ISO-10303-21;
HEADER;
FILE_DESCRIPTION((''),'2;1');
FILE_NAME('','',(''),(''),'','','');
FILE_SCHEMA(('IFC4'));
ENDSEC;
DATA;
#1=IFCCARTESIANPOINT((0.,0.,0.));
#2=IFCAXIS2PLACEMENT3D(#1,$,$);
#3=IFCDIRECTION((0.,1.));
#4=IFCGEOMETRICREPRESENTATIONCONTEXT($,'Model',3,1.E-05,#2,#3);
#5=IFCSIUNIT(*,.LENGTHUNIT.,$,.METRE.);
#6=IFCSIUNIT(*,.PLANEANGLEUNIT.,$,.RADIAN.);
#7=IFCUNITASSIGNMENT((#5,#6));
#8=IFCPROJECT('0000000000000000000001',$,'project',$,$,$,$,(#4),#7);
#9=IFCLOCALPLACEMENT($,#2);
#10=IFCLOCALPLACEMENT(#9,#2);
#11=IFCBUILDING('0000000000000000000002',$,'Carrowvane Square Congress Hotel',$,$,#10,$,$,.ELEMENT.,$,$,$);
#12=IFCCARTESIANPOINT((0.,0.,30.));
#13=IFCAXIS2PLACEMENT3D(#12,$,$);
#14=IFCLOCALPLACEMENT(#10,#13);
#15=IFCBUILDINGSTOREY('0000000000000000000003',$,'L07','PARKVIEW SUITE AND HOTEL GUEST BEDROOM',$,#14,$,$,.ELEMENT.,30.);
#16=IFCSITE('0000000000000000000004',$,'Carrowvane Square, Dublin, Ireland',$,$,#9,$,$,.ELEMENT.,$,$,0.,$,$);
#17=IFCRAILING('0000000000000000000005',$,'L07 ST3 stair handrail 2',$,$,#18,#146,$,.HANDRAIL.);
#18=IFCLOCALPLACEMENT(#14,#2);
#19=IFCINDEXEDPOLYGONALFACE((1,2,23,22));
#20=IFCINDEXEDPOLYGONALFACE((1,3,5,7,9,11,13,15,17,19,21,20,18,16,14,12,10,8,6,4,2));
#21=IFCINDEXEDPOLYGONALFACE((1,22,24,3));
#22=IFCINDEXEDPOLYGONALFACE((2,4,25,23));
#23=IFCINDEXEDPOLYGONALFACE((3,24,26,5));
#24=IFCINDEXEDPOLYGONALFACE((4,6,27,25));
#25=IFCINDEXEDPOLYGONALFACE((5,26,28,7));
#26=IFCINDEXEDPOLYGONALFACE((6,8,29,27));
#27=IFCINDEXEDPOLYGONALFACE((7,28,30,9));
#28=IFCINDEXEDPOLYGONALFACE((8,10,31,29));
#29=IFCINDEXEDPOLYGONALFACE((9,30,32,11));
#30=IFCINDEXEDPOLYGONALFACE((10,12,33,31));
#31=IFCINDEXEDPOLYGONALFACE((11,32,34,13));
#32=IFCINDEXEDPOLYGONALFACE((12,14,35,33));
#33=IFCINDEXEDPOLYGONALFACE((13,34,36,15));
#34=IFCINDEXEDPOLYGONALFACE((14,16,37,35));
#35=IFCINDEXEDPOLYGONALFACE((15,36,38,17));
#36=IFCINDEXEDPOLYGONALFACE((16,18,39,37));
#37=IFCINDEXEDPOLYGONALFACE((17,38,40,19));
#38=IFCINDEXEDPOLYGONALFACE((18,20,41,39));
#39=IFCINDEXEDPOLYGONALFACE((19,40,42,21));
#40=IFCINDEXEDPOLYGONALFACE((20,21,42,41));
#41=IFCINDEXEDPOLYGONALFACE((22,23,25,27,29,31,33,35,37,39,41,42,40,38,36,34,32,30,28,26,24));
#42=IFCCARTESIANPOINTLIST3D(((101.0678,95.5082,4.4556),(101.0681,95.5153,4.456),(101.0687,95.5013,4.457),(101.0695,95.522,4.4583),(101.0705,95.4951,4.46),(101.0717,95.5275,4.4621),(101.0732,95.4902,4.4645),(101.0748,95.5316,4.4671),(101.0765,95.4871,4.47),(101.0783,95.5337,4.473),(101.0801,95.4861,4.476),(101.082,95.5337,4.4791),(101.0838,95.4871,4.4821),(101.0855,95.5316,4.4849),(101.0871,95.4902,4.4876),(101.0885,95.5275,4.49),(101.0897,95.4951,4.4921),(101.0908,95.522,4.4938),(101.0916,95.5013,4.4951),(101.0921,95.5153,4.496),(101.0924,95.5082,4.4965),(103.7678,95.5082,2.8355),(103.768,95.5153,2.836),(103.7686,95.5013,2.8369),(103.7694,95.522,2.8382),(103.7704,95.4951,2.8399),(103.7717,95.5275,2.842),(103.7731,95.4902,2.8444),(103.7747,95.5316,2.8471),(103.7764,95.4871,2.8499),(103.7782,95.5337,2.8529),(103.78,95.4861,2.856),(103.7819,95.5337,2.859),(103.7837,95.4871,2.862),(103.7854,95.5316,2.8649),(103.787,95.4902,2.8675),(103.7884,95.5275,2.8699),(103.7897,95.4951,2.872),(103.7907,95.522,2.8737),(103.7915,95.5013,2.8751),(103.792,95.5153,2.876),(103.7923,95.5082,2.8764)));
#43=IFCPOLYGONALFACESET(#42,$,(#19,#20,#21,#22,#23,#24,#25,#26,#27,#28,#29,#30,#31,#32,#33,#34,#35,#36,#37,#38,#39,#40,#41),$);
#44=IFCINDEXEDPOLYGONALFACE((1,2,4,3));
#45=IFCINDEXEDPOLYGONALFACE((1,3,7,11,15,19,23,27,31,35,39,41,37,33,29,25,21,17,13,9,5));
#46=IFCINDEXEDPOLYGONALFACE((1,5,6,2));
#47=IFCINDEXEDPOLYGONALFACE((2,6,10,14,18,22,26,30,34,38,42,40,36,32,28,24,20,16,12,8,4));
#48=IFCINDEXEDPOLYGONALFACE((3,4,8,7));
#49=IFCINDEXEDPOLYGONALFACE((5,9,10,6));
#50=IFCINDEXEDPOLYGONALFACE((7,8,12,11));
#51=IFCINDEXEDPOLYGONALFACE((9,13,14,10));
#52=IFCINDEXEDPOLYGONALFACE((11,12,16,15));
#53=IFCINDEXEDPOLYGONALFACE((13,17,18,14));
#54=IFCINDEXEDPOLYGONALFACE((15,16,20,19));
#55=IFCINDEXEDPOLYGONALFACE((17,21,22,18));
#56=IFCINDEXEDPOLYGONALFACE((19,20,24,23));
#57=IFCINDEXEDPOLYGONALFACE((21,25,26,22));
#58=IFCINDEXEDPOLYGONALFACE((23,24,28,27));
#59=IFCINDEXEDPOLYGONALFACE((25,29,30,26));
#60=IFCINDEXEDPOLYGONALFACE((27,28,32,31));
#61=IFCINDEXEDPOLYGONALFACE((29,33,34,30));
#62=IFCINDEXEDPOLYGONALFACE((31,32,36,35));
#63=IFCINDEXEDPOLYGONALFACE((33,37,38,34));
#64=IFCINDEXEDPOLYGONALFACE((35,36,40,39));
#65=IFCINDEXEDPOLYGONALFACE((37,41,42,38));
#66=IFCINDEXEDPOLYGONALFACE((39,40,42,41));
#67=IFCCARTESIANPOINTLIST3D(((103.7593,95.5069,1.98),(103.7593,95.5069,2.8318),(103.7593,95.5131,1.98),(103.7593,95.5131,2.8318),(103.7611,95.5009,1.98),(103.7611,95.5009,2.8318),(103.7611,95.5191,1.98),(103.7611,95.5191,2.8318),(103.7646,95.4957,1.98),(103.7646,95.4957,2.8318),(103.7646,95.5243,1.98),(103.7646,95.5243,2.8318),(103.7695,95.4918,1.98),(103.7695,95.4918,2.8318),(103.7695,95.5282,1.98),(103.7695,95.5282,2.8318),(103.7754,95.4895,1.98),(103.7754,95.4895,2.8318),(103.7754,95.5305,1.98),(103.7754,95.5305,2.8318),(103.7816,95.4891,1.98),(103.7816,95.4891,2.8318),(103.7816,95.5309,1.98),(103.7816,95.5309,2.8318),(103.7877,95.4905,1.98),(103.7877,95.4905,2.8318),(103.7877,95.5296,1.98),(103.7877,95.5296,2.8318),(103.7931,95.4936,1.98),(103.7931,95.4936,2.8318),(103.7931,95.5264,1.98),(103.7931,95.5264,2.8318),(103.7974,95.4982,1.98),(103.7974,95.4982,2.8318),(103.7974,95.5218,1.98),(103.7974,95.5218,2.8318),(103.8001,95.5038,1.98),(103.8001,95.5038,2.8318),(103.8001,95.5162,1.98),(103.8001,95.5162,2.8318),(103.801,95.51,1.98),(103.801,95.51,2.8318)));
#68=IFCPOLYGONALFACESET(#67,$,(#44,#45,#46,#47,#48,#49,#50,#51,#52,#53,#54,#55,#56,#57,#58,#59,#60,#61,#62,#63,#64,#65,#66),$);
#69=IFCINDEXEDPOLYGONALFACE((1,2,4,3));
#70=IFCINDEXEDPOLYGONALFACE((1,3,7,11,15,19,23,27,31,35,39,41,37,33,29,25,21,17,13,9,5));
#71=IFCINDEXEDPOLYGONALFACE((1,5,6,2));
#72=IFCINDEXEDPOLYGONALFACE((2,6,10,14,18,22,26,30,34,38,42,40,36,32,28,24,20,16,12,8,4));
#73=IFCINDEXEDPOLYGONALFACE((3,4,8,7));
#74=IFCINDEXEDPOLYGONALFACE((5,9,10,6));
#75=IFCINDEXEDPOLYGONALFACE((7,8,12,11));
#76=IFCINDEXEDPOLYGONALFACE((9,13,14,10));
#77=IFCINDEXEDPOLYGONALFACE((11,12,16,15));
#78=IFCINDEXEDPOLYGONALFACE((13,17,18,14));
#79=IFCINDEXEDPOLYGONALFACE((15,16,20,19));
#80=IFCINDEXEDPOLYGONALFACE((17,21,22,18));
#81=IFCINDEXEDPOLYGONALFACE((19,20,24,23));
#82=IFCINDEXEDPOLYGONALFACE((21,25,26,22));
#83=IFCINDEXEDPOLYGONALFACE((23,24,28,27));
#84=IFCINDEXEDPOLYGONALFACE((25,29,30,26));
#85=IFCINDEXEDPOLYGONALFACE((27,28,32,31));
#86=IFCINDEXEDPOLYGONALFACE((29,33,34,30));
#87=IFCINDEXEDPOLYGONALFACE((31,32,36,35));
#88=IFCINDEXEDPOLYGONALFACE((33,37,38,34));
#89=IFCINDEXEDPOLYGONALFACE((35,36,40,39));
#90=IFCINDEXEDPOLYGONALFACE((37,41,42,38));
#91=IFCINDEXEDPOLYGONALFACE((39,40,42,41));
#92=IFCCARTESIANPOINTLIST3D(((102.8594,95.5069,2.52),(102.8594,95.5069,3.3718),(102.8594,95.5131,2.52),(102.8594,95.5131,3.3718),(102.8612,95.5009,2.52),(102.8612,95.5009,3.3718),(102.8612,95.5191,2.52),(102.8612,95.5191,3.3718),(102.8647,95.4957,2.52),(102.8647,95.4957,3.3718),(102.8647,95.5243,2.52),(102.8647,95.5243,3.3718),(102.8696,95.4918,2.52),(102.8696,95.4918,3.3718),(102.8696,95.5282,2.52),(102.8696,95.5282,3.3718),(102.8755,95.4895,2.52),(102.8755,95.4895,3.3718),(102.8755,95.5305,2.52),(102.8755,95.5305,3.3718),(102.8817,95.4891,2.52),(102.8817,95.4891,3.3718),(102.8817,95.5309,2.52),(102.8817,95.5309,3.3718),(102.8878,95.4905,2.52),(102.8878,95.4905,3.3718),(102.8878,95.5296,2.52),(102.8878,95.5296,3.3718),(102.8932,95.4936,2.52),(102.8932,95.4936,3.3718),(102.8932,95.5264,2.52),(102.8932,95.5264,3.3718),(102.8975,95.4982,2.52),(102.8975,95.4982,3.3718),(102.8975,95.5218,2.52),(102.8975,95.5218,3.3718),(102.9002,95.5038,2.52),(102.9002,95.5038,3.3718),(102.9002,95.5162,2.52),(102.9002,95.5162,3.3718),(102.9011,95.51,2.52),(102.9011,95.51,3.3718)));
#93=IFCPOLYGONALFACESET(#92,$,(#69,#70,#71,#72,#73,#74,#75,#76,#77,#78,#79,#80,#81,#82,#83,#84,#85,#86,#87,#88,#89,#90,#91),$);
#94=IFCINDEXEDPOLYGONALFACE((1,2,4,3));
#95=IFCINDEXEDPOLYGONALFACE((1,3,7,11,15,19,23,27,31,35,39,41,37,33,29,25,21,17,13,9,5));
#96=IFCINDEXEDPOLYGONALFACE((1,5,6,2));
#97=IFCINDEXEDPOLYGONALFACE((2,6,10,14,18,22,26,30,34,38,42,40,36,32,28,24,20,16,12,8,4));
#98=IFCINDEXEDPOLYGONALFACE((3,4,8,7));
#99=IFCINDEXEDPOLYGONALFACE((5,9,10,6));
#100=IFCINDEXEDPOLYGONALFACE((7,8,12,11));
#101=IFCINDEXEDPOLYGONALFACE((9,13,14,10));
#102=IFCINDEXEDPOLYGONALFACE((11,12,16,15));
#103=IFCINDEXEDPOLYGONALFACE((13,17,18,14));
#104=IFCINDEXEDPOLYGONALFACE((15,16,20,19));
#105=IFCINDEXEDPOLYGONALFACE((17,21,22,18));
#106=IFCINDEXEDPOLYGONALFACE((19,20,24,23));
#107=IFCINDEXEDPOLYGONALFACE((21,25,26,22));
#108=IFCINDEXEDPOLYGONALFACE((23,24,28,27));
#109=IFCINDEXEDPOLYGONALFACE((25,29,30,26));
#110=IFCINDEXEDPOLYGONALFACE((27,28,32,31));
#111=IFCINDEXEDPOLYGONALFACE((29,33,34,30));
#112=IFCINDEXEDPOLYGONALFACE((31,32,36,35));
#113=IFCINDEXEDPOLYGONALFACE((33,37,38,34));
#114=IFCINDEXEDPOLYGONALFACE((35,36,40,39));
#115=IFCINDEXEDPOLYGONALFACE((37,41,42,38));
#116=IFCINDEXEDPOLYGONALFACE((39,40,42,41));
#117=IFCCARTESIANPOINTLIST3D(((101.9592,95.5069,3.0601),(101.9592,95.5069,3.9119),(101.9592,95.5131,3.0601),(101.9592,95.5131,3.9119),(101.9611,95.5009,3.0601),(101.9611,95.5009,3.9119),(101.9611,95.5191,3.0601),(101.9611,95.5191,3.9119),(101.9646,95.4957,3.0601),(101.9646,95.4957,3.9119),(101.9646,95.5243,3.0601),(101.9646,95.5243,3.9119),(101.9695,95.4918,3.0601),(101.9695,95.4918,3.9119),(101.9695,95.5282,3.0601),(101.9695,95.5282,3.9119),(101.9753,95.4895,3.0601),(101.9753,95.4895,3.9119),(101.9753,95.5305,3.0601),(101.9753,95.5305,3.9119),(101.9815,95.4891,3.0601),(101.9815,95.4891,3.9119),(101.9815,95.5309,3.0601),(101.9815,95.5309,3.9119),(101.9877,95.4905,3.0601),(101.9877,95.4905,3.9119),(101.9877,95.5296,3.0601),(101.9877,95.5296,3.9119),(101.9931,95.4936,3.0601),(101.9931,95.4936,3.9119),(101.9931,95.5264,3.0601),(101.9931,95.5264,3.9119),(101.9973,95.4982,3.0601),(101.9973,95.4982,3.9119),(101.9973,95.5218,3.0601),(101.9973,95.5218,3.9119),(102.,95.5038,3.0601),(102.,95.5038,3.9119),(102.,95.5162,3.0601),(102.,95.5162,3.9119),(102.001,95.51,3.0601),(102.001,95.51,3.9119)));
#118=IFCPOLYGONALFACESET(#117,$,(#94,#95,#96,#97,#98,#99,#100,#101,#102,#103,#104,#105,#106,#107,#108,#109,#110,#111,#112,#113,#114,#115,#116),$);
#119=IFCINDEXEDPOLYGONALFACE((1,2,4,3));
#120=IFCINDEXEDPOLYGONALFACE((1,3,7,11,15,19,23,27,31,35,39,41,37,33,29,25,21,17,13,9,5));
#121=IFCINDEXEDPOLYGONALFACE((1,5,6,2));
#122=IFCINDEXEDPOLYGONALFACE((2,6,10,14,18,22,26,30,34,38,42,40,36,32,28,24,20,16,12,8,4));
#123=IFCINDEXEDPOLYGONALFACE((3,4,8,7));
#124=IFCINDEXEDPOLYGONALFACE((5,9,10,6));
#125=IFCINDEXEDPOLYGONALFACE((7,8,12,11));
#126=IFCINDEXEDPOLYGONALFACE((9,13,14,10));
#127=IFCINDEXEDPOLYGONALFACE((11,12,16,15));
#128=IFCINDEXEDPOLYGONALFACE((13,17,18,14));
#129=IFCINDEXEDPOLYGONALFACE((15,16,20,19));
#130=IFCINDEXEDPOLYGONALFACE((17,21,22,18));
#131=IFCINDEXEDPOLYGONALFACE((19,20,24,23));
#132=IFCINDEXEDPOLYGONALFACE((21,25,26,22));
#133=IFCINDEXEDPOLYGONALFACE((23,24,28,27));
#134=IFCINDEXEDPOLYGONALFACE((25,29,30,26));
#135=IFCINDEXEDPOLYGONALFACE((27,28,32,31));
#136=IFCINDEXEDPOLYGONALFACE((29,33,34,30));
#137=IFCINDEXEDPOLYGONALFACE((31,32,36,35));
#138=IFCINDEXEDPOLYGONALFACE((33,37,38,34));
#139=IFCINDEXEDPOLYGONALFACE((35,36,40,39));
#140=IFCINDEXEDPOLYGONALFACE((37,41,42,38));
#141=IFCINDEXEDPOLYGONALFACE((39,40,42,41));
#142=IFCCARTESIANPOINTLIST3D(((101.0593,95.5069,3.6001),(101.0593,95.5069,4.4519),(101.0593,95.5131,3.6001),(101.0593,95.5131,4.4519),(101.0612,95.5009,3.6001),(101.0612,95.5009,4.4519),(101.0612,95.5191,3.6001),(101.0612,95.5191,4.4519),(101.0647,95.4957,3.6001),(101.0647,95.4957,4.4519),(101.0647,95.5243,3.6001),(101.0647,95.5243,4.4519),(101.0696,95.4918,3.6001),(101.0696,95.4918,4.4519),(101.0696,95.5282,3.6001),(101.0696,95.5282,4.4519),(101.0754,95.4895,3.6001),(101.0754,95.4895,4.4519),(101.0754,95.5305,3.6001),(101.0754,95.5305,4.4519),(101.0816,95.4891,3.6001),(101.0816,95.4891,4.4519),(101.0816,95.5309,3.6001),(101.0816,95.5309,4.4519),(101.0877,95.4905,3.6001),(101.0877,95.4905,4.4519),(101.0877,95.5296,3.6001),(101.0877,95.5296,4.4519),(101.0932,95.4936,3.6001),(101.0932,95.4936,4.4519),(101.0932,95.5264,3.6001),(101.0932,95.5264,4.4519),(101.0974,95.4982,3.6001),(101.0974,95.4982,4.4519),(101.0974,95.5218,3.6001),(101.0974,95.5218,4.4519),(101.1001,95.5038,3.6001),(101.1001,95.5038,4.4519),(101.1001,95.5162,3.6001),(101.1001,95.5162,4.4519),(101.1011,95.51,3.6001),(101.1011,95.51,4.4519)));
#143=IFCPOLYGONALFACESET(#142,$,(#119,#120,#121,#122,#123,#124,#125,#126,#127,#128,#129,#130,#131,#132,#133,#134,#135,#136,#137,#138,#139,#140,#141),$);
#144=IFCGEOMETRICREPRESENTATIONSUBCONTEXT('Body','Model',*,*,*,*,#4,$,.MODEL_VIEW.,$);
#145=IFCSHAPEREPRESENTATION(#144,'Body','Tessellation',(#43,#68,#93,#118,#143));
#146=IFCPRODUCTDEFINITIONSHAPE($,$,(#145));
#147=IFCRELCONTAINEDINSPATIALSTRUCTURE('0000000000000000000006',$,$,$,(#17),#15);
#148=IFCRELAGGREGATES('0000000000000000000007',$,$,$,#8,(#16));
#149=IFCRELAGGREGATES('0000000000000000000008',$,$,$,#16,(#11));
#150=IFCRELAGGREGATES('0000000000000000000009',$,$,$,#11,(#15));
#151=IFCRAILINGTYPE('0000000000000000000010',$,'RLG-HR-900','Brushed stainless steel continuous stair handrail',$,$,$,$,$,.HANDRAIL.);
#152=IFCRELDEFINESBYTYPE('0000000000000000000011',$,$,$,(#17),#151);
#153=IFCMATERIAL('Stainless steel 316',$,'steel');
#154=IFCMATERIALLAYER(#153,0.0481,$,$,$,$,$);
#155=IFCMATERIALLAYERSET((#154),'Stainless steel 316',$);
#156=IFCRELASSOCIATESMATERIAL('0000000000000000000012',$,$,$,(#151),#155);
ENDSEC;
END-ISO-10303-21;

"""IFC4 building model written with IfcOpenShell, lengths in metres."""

from ifc_helpers import new_model, si_unit, direction, frame, origin, origin_2d, place, context, subcontext, project, spatial, circle, extrude, material, layer, layer_set, type_object, element, save


model = new_model("IFC4")

# Units and contexts
model_context = context("Model", 3, precision=1e-05, world=origin(), true_north=direction((0.0, 1.0)))
body_context = subcontext(model_context, "Body", "Model", "MODEL_VIEW")
ifc_project = project(units=[si_unit("LENGTHUNIT", "METRE"), si_unit("PLANEANGLEUNIT", "RADIAN")], contexts=[model_context])

# Site, building, storey
site_placement = place(None, origin())
site = spatial("IfcSite", under=ifc_project, at=site_placement, Name="Carrowvane Square, Dublin, Ireland", CompositionType="ELEMENT", RefElevation=0.0)
building_placement = place(site_placement, origin())
building = spatial("IfcBuilding", under=site, at=building_placement, Name="Carrowvane Square Congress Hotel", CompositionType="ELEMENT")
storey_placement = place(building_placement, frame((0.0, 0.0, 30.0)))
storey = spatial("IfcBuildingStorey", under=building, at=storey_placement, Name="L07", Description="PARKVIEW SUITE AND HOTEL GUEST BEDROOM", CompositionType="ELEMENT", Elevation=30.0)

# Railing
ifc_material_1 = material(Name="Stainless steel 316", Category="steel")
ifc_layer_1 = layer(ifc_material_1, 0.0481)
ifc_layer_set_1 = layer_set([ifc_layer_1], Name="Stainless steel 316")
railing_type_1 = type_object("IfcRailingType", Name="RLG-HR-900", Description="Brushed stainless steel continuous stair handrail", PredefinedType="HANDRAIL", material=ifc_layer_set_1)
railing_1_placement = place(storey_placement, frame((103.78, 95.51, 1.98)))
element("IfcRailing", 1, at=railing_1_placement, inside=storey, type_object=railing_type_1, Name="L07 ST3 stair handrail 2", PredefinedType="HANDRAIL", context=body_context, shape_type="SweptSolid", body=[
    extrude(circle(Radius=0.0239, at=origin_2d()), frame((0.0, 0.0, 0.876), z_axis=(-0.857472, 0.0, 0.51453), x_axis=(0.0, -1.0, 0.0)), (0.0, 0.0, 1.0), 3.1487),
    extrude(circle(Radius=0.021, at=origin_2d()), origin(), (0.0, 0.0, 1.0), 0.8518),
    extrude(circle(Radius=0.021, at=origin_2d()), frame((-0.8999, 0.0, 0.54)), (0.0, 0.0, 1.0), 0.8518),
    extrude(circle(Radius=0.021, at=origin_2d()), frame((-1.8, 0.0, 1.0801)), (0.0, 0.0, 1.0), 0.8518),
    extrude(circle(Radius=0.021, at=origin_2d()), frame((-2.7, 0.0, 1.6201)), (0.0, 0.0, 1.0), 0.8518),
])

save(model, "model.ifc")
